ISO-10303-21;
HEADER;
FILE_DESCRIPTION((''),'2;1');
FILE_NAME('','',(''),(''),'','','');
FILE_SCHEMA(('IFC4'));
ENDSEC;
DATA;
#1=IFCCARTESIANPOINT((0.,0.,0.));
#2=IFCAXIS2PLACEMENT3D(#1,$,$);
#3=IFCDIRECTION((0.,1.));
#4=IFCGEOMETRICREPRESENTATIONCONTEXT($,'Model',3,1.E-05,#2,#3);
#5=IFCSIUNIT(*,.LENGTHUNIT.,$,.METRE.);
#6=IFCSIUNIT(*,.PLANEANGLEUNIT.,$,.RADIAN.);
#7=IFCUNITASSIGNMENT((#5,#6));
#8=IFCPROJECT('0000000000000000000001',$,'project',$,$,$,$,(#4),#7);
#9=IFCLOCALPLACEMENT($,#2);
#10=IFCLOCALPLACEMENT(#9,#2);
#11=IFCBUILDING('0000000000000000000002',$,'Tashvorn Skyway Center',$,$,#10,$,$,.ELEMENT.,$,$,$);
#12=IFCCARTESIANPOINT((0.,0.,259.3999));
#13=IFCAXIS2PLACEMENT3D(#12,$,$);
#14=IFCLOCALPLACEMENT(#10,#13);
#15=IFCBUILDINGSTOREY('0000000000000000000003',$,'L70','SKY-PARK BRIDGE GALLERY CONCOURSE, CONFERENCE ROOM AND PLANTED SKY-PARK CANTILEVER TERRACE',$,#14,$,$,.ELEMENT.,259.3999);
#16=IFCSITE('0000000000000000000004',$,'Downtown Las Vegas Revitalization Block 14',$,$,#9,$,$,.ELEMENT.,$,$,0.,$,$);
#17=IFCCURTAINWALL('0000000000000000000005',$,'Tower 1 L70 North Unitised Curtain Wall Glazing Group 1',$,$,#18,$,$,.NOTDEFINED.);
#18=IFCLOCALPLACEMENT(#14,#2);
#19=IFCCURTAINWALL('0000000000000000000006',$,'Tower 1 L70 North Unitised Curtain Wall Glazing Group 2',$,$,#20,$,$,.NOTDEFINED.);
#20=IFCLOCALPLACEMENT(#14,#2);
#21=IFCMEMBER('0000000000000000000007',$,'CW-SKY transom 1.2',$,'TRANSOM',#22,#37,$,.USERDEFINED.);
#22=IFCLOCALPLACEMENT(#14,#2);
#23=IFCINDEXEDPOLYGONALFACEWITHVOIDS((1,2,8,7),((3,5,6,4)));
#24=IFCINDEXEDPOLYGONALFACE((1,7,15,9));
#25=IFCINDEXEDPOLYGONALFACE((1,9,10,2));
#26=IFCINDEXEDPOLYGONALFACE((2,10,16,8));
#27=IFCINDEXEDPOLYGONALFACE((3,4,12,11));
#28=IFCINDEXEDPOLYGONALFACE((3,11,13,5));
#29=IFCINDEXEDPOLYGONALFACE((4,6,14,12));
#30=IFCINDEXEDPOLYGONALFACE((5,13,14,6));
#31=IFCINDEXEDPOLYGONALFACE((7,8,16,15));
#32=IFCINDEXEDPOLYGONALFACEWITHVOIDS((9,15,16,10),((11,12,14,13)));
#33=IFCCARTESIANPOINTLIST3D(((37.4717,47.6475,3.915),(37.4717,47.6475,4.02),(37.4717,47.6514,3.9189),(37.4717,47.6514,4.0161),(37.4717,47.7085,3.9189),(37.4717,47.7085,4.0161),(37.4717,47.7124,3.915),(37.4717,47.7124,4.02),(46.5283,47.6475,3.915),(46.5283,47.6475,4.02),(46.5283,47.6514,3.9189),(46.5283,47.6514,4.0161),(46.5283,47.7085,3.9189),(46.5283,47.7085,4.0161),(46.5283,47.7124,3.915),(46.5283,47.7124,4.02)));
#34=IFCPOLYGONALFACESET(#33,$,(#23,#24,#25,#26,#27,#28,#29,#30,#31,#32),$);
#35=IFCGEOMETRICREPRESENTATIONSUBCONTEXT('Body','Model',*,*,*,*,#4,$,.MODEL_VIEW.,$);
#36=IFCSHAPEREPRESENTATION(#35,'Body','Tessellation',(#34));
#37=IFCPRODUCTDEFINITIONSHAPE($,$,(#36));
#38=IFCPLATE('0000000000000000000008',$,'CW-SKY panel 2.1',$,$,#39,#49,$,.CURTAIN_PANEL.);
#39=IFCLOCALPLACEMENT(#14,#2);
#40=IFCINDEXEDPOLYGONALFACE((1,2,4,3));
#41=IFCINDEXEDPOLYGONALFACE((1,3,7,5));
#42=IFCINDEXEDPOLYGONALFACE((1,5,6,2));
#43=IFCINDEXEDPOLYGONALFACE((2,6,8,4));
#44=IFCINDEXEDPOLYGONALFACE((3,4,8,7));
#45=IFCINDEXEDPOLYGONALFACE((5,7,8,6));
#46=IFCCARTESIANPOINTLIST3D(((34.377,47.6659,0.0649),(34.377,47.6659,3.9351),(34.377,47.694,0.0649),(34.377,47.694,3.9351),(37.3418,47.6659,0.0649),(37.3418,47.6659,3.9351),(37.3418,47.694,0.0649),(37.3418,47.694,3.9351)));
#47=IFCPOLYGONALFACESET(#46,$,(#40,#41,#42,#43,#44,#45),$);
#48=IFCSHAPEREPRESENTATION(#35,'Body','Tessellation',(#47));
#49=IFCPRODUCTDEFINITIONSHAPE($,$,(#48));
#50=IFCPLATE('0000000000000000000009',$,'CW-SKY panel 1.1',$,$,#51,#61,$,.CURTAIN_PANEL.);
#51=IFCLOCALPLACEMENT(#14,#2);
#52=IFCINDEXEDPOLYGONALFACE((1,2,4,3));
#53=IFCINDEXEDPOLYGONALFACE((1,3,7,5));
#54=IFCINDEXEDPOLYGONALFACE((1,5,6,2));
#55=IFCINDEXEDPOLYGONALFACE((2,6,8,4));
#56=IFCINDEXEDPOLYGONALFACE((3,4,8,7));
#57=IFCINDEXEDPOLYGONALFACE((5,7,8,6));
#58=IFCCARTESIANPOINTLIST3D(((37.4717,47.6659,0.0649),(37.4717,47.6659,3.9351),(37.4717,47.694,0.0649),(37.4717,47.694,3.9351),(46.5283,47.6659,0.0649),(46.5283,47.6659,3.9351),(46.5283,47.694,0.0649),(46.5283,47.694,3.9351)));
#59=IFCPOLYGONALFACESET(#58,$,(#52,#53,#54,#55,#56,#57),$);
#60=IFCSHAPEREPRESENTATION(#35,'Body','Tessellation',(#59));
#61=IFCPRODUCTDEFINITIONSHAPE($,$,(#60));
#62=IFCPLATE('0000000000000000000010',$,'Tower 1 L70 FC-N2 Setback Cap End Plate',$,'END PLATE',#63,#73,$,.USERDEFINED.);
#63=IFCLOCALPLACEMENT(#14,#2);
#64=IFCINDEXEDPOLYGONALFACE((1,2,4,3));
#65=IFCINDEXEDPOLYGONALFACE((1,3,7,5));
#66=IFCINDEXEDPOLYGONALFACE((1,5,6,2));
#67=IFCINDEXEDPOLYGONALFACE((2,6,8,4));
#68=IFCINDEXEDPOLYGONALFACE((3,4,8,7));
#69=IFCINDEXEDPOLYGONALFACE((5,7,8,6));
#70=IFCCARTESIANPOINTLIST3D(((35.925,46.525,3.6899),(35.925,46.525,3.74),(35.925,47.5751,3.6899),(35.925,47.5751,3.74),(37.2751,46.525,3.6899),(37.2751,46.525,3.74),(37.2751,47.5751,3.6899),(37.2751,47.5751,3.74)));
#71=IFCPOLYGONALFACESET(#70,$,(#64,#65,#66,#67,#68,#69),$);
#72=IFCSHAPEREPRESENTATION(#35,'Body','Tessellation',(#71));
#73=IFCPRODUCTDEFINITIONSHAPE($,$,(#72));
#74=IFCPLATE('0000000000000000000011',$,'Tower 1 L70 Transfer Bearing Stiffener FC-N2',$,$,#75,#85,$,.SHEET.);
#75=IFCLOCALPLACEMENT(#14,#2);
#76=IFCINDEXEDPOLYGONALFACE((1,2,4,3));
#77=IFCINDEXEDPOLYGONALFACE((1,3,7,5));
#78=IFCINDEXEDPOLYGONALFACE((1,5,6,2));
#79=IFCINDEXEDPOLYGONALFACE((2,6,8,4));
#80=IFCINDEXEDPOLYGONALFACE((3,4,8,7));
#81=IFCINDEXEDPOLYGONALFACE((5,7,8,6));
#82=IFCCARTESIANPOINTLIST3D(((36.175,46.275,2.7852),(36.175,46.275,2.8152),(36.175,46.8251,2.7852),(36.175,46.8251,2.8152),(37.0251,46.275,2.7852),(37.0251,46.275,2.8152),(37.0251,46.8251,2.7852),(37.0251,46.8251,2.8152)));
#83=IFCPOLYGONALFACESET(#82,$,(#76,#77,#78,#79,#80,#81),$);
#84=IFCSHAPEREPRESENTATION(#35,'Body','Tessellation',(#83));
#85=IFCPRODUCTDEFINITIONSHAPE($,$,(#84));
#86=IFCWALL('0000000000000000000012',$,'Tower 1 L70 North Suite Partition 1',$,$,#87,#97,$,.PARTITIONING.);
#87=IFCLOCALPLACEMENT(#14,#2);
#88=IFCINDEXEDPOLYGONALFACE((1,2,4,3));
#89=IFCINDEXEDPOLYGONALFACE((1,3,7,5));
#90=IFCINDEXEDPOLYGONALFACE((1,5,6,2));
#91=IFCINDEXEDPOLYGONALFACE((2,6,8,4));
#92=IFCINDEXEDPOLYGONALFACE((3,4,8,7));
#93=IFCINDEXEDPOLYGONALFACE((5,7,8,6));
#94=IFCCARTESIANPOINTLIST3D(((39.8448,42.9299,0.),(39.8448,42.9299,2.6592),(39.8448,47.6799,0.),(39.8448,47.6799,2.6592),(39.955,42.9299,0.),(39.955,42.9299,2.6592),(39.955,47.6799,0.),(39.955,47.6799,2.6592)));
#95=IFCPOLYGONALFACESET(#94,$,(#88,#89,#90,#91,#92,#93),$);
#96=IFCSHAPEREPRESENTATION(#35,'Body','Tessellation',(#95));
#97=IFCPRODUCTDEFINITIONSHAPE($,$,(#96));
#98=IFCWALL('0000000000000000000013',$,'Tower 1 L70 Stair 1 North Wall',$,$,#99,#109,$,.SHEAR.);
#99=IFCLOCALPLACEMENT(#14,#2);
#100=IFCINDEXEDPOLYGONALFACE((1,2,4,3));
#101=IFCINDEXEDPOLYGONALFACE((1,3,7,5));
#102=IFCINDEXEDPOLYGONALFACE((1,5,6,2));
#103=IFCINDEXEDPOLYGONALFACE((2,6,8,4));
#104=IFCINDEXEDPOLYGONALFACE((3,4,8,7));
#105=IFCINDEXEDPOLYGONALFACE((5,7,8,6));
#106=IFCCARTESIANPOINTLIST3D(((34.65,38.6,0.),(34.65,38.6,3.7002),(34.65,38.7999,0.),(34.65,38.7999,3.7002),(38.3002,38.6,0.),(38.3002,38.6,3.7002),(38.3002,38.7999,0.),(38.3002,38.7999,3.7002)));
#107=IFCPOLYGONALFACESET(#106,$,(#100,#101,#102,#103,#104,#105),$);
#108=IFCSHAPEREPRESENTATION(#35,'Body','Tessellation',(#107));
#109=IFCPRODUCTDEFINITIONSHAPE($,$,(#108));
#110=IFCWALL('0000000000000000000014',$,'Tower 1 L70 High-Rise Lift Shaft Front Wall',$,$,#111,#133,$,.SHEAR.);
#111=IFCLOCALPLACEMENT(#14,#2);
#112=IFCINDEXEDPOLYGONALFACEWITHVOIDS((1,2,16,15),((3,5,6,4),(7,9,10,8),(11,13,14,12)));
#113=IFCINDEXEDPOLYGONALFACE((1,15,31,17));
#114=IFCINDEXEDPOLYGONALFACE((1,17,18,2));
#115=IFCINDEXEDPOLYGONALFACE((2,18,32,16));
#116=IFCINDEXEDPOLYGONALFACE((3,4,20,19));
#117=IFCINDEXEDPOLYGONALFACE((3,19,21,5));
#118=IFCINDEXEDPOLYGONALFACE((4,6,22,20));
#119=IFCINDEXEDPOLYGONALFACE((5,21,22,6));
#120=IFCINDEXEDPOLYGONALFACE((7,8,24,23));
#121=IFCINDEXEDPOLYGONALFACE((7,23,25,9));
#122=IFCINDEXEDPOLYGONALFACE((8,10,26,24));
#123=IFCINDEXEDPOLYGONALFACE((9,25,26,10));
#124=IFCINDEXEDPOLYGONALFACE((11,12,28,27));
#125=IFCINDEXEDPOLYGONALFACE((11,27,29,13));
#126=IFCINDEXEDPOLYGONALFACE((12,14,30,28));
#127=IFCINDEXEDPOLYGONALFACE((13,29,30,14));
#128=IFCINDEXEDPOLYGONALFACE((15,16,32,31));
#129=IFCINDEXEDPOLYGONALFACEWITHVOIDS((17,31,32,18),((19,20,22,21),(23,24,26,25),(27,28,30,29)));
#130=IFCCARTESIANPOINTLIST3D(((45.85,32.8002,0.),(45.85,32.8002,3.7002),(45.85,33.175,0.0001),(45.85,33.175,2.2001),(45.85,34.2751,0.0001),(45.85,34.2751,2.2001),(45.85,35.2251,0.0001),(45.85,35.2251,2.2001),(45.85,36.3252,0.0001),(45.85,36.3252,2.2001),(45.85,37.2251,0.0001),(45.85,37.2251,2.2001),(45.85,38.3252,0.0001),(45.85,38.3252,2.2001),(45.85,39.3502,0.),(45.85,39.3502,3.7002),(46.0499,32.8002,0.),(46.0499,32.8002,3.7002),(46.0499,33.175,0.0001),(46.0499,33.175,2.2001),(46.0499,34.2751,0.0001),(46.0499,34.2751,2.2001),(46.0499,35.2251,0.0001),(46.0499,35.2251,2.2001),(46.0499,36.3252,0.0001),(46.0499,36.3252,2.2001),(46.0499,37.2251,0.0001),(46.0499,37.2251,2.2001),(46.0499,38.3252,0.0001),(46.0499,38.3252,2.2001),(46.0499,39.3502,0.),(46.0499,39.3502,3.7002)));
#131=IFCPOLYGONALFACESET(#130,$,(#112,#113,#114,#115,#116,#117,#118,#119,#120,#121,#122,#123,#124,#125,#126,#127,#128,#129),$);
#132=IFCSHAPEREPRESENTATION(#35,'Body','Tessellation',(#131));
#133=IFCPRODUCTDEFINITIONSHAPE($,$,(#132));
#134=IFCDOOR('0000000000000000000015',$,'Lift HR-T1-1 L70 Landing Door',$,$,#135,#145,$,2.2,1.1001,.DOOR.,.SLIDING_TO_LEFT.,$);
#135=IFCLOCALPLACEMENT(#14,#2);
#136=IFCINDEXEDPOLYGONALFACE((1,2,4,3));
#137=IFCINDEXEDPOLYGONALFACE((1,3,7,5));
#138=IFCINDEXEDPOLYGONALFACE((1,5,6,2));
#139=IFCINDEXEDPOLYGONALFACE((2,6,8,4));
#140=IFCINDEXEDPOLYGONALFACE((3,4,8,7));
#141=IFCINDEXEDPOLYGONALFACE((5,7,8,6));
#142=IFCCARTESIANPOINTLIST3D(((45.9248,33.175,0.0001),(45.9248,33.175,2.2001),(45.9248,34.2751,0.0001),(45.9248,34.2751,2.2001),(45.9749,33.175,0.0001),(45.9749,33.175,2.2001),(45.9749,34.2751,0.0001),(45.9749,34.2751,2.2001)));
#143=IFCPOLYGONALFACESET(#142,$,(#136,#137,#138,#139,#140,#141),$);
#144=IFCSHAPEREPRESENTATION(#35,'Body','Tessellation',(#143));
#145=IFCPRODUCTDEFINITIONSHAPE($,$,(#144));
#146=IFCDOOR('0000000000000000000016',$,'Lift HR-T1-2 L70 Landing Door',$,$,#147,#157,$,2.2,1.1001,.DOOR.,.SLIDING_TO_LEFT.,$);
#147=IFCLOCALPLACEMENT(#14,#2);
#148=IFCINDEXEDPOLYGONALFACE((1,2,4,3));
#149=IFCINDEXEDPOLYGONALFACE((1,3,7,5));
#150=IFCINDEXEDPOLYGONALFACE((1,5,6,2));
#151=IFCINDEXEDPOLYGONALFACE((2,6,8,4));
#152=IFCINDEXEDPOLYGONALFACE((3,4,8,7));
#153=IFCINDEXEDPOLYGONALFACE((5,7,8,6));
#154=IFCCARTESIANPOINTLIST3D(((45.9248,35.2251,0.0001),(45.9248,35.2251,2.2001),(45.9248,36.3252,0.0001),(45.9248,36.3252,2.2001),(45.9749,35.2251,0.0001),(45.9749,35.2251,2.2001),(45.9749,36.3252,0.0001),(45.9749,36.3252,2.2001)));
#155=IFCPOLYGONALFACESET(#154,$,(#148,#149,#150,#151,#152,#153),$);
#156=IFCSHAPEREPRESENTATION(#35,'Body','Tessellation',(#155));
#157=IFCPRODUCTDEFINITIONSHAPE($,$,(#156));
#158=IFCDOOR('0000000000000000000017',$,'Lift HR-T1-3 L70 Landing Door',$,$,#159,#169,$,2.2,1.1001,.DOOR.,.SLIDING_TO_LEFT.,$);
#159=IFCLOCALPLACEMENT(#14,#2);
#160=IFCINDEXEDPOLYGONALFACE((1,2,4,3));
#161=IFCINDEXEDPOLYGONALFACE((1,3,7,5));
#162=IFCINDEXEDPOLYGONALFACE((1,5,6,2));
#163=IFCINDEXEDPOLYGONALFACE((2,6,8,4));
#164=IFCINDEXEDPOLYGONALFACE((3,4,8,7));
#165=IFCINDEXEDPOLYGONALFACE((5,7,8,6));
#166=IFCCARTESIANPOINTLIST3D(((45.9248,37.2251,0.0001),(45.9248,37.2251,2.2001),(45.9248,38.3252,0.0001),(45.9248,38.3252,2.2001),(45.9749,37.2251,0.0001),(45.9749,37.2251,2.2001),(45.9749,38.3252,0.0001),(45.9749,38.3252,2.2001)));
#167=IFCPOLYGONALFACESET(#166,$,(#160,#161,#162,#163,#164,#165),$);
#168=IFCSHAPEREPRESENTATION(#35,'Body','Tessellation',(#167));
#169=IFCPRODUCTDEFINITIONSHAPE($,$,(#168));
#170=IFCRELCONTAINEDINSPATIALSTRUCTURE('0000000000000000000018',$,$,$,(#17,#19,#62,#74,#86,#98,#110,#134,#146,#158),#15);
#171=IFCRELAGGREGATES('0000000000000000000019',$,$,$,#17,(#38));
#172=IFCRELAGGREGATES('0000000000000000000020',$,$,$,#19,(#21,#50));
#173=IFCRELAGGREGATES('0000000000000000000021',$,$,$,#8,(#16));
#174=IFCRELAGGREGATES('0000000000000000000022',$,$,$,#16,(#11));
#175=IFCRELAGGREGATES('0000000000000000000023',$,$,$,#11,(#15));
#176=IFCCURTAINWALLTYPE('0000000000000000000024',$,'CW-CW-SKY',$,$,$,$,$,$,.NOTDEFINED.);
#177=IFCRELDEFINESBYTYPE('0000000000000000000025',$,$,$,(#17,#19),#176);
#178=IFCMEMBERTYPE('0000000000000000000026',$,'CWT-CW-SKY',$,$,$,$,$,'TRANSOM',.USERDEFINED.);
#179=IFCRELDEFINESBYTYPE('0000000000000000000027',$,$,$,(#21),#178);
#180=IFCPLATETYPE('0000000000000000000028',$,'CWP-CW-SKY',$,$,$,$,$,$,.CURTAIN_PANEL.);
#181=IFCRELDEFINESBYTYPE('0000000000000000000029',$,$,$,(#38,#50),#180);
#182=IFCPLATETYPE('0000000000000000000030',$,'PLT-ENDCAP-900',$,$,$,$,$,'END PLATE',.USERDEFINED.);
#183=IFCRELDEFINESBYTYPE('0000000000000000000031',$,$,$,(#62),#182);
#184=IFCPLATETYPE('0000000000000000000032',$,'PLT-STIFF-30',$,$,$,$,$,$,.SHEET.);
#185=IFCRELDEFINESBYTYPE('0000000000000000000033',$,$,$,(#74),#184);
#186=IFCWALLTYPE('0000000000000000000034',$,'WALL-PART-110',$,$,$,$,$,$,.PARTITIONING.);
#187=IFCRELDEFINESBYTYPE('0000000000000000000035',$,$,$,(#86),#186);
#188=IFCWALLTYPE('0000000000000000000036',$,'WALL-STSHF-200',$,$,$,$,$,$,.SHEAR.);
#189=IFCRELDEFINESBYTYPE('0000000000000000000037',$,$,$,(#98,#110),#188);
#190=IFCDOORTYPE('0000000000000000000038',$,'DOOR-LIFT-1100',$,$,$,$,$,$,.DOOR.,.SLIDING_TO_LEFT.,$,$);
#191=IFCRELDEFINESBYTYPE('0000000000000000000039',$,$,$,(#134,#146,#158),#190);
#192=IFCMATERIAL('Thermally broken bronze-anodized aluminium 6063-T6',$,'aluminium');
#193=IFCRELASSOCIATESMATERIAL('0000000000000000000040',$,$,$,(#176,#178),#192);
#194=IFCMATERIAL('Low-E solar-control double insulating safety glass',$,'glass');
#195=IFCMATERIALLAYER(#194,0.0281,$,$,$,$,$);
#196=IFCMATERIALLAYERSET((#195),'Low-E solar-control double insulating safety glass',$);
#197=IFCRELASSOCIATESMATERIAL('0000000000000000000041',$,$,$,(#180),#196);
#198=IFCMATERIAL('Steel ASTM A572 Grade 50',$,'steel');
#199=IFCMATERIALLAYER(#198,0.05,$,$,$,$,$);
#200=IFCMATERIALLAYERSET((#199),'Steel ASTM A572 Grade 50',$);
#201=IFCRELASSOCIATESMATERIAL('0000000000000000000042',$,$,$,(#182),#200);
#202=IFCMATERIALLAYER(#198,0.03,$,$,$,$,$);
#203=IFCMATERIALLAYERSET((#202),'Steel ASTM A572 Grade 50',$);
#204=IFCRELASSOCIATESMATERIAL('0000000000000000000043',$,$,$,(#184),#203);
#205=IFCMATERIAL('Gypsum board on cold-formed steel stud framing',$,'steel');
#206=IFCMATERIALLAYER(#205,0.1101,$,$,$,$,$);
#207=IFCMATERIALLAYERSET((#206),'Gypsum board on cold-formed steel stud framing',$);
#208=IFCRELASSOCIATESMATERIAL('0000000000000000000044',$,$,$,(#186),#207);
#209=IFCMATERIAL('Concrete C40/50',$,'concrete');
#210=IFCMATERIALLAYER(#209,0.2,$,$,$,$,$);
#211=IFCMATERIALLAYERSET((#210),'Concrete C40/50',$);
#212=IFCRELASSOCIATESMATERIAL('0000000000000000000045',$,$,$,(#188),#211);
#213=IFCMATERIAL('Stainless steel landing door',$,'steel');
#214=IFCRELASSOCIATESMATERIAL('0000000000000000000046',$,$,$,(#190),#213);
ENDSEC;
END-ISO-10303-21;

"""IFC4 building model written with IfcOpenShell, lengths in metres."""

from ifc_helpers import new_model, si_unit, direction, frame, frame_2d, origin, origin_2d, place, context, subcontext, project, spatial, rectangle, hollow_rectangle, extrude, material, layer, layer_set, material_profile, profile_set, type_object, element, fill, aggregate, save


model = new_model("IFC4")

# Units and contexts
model_context = context("Model", 3, precision=1e-05, world=origin(), true_north=direction((0.0, 1.0)))
body_context = subcontext(model_context, "Body", "Model", "MODEL_VIEW")
ifc_project = project(units=[si_unit("LENGTHUNIT", "METRE"), si_unit("PLANEANGLEUNIT", "RADIAN")], contexts=[model_context])

# Site, building, storey
site_placement = place(None, origin())
site = spatial("IfcSite", under=ifc_project, at=site_placement, Name="Downtown Las Vegas Revitalization Block 14", CompositionType="ELEMENT", RefElevation=0.0)
building_placement = place(site_placement, origin())
building = spatial("IfcBuilding", under=site, at=building_placement, Name="Tashvorn Skyway Center", CompositionType="ELEMENT")
storey_placement = place(building_placement, frame((0.0, 0.0, 259.3999)))
storey = spatial("IfcBuildingStorey", under=building, at=storey_placement, Name="L70", Description="SKY-PARK BRIDGE GALLERY CONCOURSE, CONFERENCE ROOM AND PLANTED SKY-PARK CANTILEVER TERRACE", CompositionType="ELEMENT", Elevation=259.3999)

# Shared definitions
ifc_material_1 = material(Name="Steel ASTM A572 Grade 50", Category="steel")

# Curtain wall
ifc_material_2 = material(Name="Thermally broken bronze-anodized aluminium 6063-T6", Category="aluminium")
curtain_wall_type = type_object("IfcCurtainWallType", Name="CW-CW-SKY", PredefinedType="NOTDEFINED", material=ifc_material_2)
curtain_wall_1_placement = place(storey_placement, origin())
curtain_wall_1 = element("IfcCurtainWall", 1, at=curtain_wall_1_placement, inside=storey, type_object=curtain_wall_type, Name="Tower 1 L70 North Unitised Curtain Wall Glazing Group 1", PredefinedType="NOTDEFINED")

# Curtain wall, member
curtain_wall_2_placement = place(storey_placement, origin())
curtain_wall_2 = element("IfcCurtainWall", 2, at=curtain_wall_2_placement, inside=storey, type_object=curtain_wall_type, Name="Tower 1 L70 North Unitised Curtain Wall Glazing Group 2", PredefinedType="NOTDEFINED")
ifc_material_profile_1 = material_profile(ifc_material_2, hollow_rectangle(XDim=0.0649, YDim=0.105, WallThickness=0.0039, at=origin_2d()), Name="ALU-TRAN-65x105")
ifc_profile_set_1 = profile_set([ifc_material_profile_1], Name="Thermally broken bronze-anodized aluminium 6063-T6")
member_type_1 = type_object("IfcMemberType", Name="CWT-CW-SKY", ElementType="TRANSOM", PredefinedType="USERDEFINED", material=ifc_profile_set_1)
member_1_placement = place(storey_placement, frame((37.4717, 47.6799, 3.9675), z_axis=(1.0, 0.0, 0.0), x_axis=(0.0, 1.0, 0.0)))
member_1 = element("IfcMember", 3, at=member_1_placement, type_object=member_type_1, Name="CW-SKY transom 1.2", ObjectType="TRANSOM", PredefinedType="USERDEFINED", context=body_context, shape_type="SweptSolid", body=[
    extrude(hollow_rectangle(XDim=0.0649, YDim=0.105, WallThickness=0.0039, at=origin_2d()), origin(), (0.0, 0.0, 1.0), 9.0566),
])

# Plates
ifc_material_3 = material(Name="Low-E solar-control double insulating safety glass", Category="glass")
ifc_layer_1 = layer(ifc_material_3, 0.0281)
ifc_layer_set_1 = layer_set([ifc_layer_1], Name="Low-E solar-control double insulating safety glass")
plate_type_1 = type_object("IfcPlateType", Name="CWP-CW-SKY", PredefinedType="CURTAIN_PANEL", material=ifc_layer_set_1)
plate_1_placement = place(storey_placement, frame((35.8594, 47.6799, 0.0649), z_axis=(0.0, 0.0, 1.0), x_axis=(1.0, 0.0, 0.0)))
plate_1 = element("IfcPlate", 4, at=plate_1_placement, type_object=plate_type_1, Name="CW-SKY panel 2.1", PredefinedType="CURTAIN_PANEL", context=body_context, shape_type="SweptSolid", body=[
    extrude(rectangle(XDim=2.9648, YDim=0.0281, at=origin_2d()), origin(), (0.0, 0.0, 1.0), 3.8701),
])
aggregate(curtain_wall_1, [plate_1])
plate_2_placement = place(storey_placement, frame((42.0, 47.6799, 0.0649), z_axis=(0.0, 0.0, 1.0), x_axis=(1.0, 0.0, 0.0)))
plate_2 = element("IfcPlate", 5, at=plate_2_placement, type_object=plate_type_1, Name="CW-SKY panel 1.1", PredefinedType="CURTAIN_PANEL", context=body_context, shape_type="SweptSolid", body=[
    extrude(rectangle(XDim=9.0566, YDim=0.0281, at=origin_2d()), origin(), (0.0, 0.0, 1.0), 3.8701),
])
aggregate(curtain_wall_2, [member_1, plate_2])

# Plates
ifc_layer_2 = layer(ifc_material_1, 0.05)
ifc_layer_set_2 = layer_set([ifc_layer_2], Name="Steel ASTM A572 Grade 50")
plate_type_2 = type_object("IfcPlateType", Name="PLT-ENDCAP-900", ElementType="END PLATE", PredefinedType="USERDEFINED", material=ifc_layer_set_2)
plate_3_placement = place(storey_placement, frame((36.6001, 47.05, 3.6899), z_axis=(0.0, 0.0, 1.0), x_axis=(1.0, 0.0, 0.0)))
element("IfcPlate", 6, at=plate_3_placement, inside=storey, type_object=plate_type_2, Name="Tower 1 L70 FC-N2 Setback Cap End Plate", ObjectType="END PLATE", PredefinedType="USERDEFINED", context=body_context, shape_type="SweptSolid", body=[
    extrude(rectangle(XDim=1.3501, YDim=1.05, at=origin_2d()), origin(), (0.0, 0.0, 1.0), 0.05),
])
ifc_layer_3 = layer(ifc_material_1, 0.03)
ifc_layer_set_3 = layer_set([ifc_layer_3], Name="Steel ASTM A572 Grade 50")
plate_type_3 = type_object("IfcPlateType", Name="PLT-STIFF-30", PredefinedType="SHEET", material=ifc_layer_set_3)
plate_4_placement = place(storey_placement, frame((36.6001, 46.55, 2.7852), z_axis=(0.0, 0.0, 1.0), x_axis=(1.0, 0.0, 0.0)))
element("IfcPlate", 7, at=plate_4_placement, inside=storey, type_object=plate_type_3, Name="Tower 1 L70 Transfer Bearing Stiffener FC-N2", PredefinedType="SHEET", context=body_context, shape_type="SweptSolid", body=[
    extrude(rectangle(XDim=0.8501, YDim=0.55, at=origin_2d()), origin(), (0.0, 0.0, 1.0), 0.03),
])

# Walls
ifc_material_4 = material(Name="Gypsum board on cold-formed steel stud framing", Category="steel")
ifc_layer_4 = layer(ifc_material_4, 0.1101)
ifc_layer_set_4 = layer_set([ifc_layer_4], Name="Gypsum board on cold-formed steel stud framing")
wall_type_1 = type_object("IfcWallType", Name="WALL-PART-110", PredefinedType="PARTITIONING", material=ifc_layer_set_4)
wall_1_placement = place(storey_placement, frame((39.8999, 42.9299, 0.0), z_axis=(0.0, 0.0, 1.0), x_axis=(0.0, 1.0, 0.0)))
element("IfcWall", 8, at=wall_1_placement, inside=storey, type_object=wall_type_1, Name="Tower 1 L70 North Suite Partition 1", PredefinedType="PARTITIONING", context=body_context, shape_type="SweptSolid", body=[
    extrude(rectangle(XDim=4.75, YDim=0.1101, at=frame_2d((2.375, 0.0))), origin(), (0.0, 0.0, 1.0), 2.6592),
])
ifc_material_5 = material(Name="Concrete C40/50", Category="concrete")
ifc_layer_5 = layer(ifc_material_5, 0.2)
ifc_layer_set_5 = layer_set([ifc_layer_5], Name="Concrete C40/50")
wall_type_2 = type_object("IfcWallType", Name="WALL-STSHF-200", PredefinedType="SHEAR", material=ifc_layer_set_5)
wall_2_placement = place(storey_placement, frame((34.6499, 38.7, 0.0), z_axis=(0.0, 0.0, 1.0), x_axis=(1.0, 0.0, 0.0)))
element("IfcWall", 9, at=wall_2_placement, inside=storey, type_object=wall_type_2, Name="Tower 1 L70 Stair 1 North Wall", PredefinedType="SHEAR", context=body_context, shape_type="SweptSolid", body=[
    extrude(rectangle(XDim=3.6501, YDim=0.2, at=frame_2d((1.8252, 0.0))), origin(), (0.0, 0.0, 1.0), 3.7002),
])

# Wall, openings, doors
wall_3_placement = place(storey_placement, frame((45.95, 39.3501, 0.0), z_axis=(0.0, 0.0, 1.0), x_axis=(0.0, -1.0, 0.0)))
wall_3 = element("IfcWall", 10, at=wall_3_placement, inside=storey, type_object=wall_type_2, Name="Tower 1 L70 High-Rise Lift Shaft Front Wall", PredefinedType="SHEAR", context=body_context, shape_type="SweptSolid", body=[
    extrude(rectangle(XDim=6.55, YDim=0.2, at=frame_2d((3.2749, 0.0))), origin(), (0.0, 0.0, 1.0), 3.7002),
])
opening_1_placement = place(wall_3_placement, frame((5.075, 0.0, 0.0)))
opening_1 = element("IfcOpeningElement", 11, at=opening_1_placement, cuts=wall_3, PredefinedType="OPENING", context=body_context, shape_type="SweptSolid", body=[
    extrude(rectangle(XDim=1.1001, YDim=2.2, at=frame_2d((0.55, 1.1001))), frame((0.0, 0.1099, 0.0), z_axis=(0.0, -1.0, 0.0), x_axis=(1.0, 0.0, 0.0)), (0.0, 0.0, 1.0), 0.22),
])
opening_2_placement = place(wall_3_placement, frame((3.0249, 0.0, 0.0)))
opening_2 = element("IfcOpeningElement", 12, at=opening_2_placement, cuts=wall_3, PredefinedType="OPENING", context=body_context, shape_type="SweptSolid", body=[
    extrude(rectangle(XDim=1.1001, YDim=2.2, at=frame_2d((0.55, 1.1001))), frame((0.0, 0.1099, 0.0), z_axis=(0.0, -1.0, 0.0), x_axis=(1.0, 0.0, 0.0)), (0.0, 0.0, 1.0), 0.22),
])
opening_3_placement = place(wall_3_placement, frame((1.0249, 0.0, 0.0)))
opening_3 = element("IfcOpeningElement", 13, at=opening_3_placement, cuts=wall_3, PredefinedType="OPENING", context=body_context, shape_type="SweptSolid", body=[
    extrude(rectangle(XDim=1.1001, YDim=2.2, at=frame_2d((0.55, 1.1001))), frame((0.0, 0.1099, 0.0), z_axis=(0.0, -1.0, 0.0), x_axis=(1.0, 0.0, 0.0)), (0.0, 0.0, 1.0), 0.22),
])
ifc_material_6 = material(Name="Stainless steel landing door", Category="steel")
door_type = type_object("IfcDoorType", Name="DOOR-LIFT-1100", OperationType="SLIDING_TO_LEFT", PredefinedType="DOOR", material=ifc_material_6)
door_1_placement = place(opening_1_placement, origin())
door_1 = element("IfcDoor", 14, at=door_1_placement, inside=storey, type_object=door_type, Name="Lift HR-T1-1 L70 Landing Door", OperationType="SLIDING_TO_LEFT", OverallHeight=2.2, OverallWidth=1.1001, PredefinedType="DOOR", context=body_context, shape_type="SweptSolid", body=[
    extrude(rectangle(XDim=1.1001, YDim=2.2, at=frame_2d((0.55, 1.1001))), frame((0.0, 0.0249, 0.0), z_axis=(0.0, -1.0, 0.0), x_axis=(1.0, 0.0, 0.0)), (0.0, 0.0, 1.0), 0.05),
])
fill(opening_1, door_1)
door_2_placement = place(opening_2_placement, origin())
door_2 = element("IfcDoor", 15, at=door_2_placement, inside=storey, type_object=door_type, Name="Lift HR-T1-2 L70 Landing Door", OperationType="SLIDING_TO_LEFT", OverallHeight=2.2, OverallWidth=1.1001, PredefinedType="DOOR", context=body_context, shape_type="SweptSolid", body=[
    extrude(rectangle(XDim=1.1001, YDim=2.2, at=frame_2d((0.55, 1.1001))), frame((0.0, 0.0249, 0.0), z_axis=(0.0, -1.0, 0.0), x_axis=(1.0, 0.0, 0.0)), (0.0, 0.0, 1.0), 0.05),
])
fill(opening_2, door_2)
door_3_placement = place(opening_3_placement, origin())
door_3 = element("IfcDoor", 16, at=door_3_placement, inside=storey, type_object=door_type, Name="Lift HR-T1-3 L70 Landing Door", OperationType="SLIDING_TO_LEFT", OverallHeight=2.2, OverallWidth=1.1001, PredefinedType="DOOR", context=body_context, shape_type="SweptSolid", body=[
    extrude(rectangle(XDim=1.1001, YDim=2.2, at=frame_2d((0.55, 1.1001))), frame((0.0, 0.0249, 0.0), z_axis=(0.0, -1.0, 0.0), x_axis=(1.0, 0.0, 0.0)), (0.0, 0.0, 1.0), 0.05),
])
fill(opening_3, door_3)

save(model, "model.ifc")
